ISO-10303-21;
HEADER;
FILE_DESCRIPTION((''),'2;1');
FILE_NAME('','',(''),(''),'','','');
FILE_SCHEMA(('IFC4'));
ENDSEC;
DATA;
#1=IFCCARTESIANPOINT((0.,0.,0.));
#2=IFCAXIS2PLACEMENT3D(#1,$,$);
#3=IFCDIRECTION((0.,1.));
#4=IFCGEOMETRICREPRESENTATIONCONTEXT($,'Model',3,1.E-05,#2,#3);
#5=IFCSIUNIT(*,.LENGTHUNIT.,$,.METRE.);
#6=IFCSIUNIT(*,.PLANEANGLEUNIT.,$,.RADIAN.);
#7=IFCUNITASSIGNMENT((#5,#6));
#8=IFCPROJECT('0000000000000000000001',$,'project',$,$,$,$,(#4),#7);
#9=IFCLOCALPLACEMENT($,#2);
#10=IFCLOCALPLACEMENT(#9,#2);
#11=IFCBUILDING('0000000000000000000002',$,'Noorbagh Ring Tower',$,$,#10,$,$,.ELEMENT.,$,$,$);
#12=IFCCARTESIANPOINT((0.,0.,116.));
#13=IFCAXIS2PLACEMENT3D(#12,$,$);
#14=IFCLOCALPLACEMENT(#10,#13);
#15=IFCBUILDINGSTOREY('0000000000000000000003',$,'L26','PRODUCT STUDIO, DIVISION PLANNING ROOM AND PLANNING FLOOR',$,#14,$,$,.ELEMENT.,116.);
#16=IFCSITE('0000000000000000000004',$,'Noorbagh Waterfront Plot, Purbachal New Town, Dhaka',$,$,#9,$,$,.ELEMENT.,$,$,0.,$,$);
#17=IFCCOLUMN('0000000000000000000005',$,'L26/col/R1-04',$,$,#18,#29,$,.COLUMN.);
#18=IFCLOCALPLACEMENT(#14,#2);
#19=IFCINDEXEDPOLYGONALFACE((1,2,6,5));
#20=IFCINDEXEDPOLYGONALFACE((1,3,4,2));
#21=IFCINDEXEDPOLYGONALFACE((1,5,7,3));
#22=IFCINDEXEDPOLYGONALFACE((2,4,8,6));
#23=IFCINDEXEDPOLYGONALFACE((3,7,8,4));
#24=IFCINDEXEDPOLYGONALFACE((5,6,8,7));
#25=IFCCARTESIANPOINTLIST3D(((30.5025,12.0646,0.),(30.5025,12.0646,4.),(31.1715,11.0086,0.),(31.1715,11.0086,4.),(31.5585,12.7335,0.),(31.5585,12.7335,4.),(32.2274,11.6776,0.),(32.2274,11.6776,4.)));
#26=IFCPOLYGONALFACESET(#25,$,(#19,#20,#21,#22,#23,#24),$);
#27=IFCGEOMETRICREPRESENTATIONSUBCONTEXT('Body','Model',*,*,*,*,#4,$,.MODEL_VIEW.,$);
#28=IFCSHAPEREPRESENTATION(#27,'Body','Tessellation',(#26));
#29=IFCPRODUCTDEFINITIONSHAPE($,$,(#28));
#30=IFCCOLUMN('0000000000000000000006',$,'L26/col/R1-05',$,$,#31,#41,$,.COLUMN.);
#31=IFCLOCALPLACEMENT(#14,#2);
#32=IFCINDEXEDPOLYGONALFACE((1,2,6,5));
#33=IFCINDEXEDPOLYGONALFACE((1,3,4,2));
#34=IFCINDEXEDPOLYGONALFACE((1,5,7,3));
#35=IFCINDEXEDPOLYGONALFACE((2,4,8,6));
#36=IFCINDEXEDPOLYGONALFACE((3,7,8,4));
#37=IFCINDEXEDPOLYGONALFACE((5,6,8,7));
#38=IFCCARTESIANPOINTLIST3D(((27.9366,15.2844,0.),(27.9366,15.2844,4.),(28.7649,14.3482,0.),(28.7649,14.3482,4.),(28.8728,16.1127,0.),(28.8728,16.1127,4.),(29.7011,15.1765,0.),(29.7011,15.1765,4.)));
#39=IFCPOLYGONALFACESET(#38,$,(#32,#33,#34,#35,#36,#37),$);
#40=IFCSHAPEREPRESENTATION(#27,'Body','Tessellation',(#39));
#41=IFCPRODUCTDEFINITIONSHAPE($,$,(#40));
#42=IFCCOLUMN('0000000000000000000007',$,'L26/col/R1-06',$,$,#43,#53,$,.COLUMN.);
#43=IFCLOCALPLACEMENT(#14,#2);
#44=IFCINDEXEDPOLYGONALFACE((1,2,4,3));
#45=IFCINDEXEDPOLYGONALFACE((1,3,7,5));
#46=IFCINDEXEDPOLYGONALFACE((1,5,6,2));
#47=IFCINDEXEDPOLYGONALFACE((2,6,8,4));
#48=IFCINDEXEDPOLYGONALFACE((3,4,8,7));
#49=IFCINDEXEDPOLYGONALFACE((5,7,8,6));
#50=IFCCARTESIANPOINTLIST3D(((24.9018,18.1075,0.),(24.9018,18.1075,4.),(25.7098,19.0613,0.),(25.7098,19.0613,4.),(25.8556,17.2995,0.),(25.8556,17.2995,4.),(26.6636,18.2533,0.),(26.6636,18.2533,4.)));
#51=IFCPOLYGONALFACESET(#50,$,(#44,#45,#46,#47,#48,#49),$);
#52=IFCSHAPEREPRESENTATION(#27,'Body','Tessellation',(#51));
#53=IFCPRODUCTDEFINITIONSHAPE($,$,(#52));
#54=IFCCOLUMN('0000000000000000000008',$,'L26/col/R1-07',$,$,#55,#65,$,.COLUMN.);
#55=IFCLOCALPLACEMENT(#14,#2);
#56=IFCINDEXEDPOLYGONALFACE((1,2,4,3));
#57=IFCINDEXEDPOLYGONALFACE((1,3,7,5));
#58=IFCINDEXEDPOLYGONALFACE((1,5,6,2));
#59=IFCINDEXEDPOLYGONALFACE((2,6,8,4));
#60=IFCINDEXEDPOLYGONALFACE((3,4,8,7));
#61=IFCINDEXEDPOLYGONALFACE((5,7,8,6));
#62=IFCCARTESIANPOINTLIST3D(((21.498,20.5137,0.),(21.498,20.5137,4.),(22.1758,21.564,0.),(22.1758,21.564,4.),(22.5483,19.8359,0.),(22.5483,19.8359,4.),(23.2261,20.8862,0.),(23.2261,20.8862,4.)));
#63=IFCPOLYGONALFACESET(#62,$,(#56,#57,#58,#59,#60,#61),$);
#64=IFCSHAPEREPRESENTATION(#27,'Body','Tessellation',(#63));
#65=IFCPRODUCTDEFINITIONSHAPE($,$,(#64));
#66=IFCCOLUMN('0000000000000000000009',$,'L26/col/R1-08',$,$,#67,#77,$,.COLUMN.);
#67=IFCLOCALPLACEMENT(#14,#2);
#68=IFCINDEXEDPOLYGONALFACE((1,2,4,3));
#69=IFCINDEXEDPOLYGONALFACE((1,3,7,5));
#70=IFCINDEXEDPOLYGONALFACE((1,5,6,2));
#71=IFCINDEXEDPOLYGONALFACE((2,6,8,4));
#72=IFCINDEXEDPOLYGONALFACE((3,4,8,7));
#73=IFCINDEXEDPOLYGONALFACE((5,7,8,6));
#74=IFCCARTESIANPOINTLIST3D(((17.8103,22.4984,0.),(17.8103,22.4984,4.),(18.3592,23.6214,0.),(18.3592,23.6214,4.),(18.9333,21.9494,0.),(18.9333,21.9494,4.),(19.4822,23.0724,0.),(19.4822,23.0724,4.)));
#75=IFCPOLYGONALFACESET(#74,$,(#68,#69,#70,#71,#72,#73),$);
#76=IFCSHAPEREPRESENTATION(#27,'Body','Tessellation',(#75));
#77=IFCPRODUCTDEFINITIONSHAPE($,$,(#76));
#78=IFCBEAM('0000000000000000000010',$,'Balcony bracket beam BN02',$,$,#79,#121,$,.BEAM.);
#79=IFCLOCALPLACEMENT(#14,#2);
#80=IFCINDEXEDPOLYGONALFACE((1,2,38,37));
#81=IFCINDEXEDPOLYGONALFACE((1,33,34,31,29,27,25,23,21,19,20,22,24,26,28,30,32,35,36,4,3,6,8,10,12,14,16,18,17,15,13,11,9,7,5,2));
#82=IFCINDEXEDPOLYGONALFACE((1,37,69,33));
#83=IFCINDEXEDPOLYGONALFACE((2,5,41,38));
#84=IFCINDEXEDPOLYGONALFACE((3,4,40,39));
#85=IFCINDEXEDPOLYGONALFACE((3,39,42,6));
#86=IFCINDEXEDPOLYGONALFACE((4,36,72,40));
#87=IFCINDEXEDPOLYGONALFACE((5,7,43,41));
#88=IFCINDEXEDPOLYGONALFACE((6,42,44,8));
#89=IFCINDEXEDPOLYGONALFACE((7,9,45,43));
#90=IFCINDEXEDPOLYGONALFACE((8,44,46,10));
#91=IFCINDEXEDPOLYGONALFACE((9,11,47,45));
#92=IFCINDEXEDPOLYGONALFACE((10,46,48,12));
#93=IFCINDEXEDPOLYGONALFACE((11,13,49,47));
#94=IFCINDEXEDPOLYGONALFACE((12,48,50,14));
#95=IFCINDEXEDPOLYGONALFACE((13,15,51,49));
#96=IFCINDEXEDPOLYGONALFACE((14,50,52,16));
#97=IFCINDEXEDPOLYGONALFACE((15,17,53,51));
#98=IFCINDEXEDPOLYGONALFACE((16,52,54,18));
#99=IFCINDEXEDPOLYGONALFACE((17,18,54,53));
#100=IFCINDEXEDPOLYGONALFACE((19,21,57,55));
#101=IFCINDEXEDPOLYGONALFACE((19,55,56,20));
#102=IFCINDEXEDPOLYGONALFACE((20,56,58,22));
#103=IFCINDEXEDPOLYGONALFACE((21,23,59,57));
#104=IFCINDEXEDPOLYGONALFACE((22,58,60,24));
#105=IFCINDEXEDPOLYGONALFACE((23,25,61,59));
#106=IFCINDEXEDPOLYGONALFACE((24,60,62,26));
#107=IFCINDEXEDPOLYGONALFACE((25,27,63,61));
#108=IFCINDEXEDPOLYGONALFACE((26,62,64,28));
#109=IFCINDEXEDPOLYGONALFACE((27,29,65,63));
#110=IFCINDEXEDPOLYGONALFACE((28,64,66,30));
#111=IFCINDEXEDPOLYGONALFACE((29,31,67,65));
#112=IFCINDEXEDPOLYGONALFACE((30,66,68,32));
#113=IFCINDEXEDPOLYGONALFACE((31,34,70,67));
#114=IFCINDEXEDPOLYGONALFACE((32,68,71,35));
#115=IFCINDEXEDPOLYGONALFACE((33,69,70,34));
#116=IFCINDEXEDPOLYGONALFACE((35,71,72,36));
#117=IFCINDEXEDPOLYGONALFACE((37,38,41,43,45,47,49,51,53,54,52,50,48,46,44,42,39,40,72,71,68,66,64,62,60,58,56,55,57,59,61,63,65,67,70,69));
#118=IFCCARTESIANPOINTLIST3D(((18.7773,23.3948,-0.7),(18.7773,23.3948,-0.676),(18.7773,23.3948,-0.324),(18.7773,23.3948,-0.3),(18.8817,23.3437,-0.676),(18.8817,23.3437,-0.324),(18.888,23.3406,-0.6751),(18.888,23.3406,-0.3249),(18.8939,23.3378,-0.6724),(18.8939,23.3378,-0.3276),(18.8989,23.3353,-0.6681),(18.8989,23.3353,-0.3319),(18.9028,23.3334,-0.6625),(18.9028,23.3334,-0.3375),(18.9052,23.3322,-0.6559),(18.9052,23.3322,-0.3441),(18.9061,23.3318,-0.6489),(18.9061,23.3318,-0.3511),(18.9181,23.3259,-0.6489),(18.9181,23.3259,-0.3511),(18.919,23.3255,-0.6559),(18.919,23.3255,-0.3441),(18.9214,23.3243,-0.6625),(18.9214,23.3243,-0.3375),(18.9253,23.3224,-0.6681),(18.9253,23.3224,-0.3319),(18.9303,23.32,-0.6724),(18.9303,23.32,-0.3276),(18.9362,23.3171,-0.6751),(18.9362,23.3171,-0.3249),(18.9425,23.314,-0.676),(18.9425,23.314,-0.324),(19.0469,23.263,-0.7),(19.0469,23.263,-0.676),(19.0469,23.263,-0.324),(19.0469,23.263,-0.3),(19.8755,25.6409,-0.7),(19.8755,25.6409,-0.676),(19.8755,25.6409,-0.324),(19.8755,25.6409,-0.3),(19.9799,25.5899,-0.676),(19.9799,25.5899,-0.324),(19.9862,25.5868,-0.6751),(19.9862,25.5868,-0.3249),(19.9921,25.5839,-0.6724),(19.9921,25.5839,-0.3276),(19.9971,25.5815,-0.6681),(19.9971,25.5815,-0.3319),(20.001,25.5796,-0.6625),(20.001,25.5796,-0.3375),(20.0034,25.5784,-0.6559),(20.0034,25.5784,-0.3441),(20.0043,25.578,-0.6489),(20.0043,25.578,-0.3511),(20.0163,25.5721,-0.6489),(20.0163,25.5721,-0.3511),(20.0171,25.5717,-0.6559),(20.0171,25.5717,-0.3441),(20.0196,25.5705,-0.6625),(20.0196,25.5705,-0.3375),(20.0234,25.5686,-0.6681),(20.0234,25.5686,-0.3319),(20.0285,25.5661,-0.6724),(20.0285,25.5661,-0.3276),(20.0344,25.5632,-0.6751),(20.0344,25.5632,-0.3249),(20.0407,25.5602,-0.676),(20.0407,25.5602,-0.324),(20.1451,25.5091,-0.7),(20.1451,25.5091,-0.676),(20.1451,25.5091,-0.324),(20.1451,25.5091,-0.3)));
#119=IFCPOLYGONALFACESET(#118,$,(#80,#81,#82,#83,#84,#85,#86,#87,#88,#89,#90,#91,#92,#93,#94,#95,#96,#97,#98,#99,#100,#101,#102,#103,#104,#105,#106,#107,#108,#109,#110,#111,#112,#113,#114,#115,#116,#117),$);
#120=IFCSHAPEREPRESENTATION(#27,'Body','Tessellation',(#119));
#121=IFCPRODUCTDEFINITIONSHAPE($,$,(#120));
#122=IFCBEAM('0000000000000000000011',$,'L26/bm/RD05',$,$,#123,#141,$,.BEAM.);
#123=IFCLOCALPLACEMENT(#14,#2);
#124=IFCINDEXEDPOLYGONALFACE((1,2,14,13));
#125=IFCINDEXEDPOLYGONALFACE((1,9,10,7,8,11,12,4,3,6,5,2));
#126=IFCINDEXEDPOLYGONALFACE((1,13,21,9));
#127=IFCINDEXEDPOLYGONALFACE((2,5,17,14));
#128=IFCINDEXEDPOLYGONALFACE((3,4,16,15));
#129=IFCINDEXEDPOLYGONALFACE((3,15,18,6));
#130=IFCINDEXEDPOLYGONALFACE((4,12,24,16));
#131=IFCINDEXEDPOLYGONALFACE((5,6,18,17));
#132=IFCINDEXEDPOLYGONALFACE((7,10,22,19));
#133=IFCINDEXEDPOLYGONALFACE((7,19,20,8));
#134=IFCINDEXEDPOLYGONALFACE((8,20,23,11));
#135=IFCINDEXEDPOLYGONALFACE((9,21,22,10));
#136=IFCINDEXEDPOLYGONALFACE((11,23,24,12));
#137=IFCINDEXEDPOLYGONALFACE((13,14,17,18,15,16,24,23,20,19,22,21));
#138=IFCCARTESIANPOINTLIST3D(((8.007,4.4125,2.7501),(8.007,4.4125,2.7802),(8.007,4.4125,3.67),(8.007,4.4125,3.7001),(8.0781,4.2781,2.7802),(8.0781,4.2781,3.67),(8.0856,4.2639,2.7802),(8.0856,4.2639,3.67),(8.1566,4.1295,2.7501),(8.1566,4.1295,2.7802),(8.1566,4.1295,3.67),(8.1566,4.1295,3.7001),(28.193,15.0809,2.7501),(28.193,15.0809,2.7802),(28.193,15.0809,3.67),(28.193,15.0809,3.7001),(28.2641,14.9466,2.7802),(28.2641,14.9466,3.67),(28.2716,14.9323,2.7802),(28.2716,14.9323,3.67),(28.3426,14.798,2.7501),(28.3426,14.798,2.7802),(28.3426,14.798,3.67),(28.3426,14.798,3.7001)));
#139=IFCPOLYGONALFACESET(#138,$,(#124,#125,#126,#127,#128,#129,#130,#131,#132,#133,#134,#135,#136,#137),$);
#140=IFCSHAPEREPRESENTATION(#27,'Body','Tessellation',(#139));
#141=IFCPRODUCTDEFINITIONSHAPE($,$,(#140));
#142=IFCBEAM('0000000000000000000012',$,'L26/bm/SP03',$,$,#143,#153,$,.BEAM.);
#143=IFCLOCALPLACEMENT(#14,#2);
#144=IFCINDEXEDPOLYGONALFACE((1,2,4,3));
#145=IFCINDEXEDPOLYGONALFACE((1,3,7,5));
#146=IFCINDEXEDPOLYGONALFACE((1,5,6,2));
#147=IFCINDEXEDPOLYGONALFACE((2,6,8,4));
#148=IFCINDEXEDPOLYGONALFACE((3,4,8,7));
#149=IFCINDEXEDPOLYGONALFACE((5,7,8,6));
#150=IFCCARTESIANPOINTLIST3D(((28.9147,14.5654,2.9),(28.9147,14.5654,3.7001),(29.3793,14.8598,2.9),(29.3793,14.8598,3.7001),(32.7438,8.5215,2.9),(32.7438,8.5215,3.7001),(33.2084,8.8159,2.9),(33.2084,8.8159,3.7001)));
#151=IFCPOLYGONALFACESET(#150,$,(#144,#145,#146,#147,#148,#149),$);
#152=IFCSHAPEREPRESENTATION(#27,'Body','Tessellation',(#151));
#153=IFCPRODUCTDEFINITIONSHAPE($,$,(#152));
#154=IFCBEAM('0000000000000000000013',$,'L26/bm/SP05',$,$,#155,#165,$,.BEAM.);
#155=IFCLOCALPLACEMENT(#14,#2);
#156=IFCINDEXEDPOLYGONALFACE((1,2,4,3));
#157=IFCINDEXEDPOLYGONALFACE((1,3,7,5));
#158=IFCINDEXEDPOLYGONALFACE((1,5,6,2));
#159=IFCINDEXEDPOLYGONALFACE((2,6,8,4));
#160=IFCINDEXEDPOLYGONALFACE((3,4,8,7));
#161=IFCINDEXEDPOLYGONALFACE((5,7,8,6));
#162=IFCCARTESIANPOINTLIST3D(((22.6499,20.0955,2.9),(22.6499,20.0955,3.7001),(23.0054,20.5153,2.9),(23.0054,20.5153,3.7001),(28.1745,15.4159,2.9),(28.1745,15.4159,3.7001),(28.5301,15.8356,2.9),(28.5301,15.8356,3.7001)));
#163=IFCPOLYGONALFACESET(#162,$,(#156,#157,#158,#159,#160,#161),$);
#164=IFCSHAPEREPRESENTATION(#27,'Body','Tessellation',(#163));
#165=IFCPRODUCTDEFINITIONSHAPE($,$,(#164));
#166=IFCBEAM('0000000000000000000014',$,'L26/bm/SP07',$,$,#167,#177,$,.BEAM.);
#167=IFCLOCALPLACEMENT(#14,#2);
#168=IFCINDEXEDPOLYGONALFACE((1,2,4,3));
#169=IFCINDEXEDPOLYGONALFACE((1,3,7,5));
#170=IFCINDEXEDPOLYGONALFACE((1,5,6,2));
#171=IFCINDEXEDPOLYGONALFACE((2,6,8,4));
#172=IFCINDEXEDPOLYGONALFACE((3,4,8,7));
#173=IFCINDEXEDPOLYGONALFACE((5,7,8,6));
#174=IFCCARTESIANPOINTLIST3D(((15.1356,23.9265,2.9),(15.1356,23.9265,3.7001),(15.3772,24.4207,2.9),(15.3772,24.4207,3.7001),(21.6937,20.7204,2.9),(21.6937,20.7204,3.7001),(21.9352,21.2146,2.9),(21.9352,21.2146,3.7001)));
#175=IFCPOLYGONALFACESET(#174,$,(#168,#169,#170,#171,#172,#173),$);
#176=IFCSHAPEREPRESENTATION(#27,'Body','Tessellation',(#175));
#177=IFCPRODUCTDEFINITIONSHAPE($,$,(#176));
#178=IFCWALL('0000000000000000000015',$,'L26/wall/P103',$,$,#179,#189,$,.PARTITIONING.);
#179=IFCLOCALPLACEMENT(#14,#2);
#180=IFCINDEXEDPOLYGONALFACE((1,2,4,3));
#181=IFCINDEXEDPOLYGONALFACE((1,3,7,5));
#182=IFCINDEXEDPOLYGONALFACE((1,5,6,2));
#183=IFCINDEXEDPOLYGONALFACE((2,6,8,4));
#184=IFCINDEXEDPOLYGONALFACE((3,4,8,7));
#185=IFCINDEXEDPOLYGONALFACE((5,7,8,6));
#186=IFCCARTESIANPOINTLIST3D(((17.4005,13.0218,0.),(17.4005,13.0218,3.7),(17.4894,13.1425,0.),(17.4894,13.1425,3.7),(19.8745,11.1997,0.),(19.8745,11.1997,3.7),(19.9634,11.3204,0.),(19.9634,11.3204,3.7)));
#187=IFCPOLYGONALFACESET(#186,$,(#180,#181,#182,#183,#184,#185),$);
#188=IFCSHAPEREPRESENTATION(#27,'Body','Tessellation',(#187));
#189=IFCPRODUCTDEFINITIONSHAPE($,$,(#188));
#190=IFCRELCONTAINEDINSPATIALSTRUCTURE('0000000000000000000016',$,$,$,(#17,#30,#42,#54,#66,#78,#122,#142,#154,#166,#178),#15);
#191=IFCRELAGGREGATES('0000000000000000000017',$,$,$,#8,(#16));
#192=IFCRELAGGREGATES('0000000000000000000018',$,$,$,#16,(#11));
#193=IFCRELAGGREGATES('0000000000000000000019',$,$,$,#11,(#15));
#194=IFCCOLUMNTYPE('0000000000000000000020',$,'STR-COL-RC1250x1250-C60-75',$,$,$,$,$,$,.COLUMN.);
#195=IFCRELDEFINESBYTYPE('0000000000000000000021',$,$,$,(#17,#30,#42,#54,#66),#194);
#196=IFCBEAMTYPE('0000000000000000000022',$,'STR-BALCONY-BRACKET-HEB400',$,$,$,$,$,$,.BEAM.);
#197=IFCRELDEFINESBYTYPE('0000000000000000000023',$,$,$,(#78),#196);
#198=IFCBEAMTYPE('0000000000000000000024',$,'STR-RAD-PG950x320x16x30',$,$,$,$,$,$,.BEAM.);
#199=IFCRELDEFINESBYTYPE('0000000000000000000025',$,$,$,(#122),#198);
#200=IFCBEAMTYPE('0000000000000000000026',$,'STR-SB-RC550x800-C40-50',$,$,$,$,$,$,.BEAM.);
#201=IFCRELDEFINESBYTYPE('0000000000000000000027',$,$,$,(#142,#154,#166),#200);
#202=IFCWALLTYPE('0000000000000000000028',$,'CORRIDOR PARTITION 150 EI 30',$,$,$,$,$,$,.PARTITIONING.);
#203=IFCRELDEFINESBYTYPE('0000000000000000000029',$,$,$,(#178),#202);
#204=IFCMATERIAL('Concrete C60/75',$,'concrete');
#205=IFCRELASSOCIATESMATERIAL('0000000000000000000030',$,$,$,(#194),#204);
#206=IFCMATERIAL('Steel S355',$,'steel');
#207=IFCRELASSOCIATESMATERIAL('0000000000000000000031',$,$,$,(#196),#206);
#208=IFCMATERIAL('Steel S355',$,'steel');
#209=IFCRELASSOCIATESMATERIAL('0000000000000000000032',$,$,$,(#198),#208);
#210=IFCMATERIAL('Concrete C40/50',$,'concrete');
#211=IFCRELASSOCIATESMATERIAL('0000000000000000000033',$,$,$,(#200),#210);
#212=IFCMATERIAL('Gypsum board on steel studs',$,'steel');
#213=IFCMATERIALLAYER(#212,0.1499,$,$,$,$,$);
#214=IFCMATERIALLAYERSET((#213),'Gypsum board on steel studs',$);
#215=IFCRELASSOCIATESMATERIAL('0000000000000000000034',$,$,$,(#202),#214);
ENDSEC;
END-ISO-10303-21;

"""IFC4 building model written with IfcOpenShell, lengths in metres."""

from ifc_helpers import new_model, si_unit, direction, frame, frame_2d, origin, origin_2d, place, context, subcontext, project, spatial, rectangle, i_section, extrude, material, layer, layer_set, material_profile, profile_set, type_object, element, save


model = new_model("IFC4")

# Units and contexts
model_context = context("Model", 3, precision=1e-05, world=origin(), true_north=direction((0.0, 1.0)))
body_context = subcontext(model_context, "Body", "Model", "MODEL_VIEW")
ifc_project = project(units=[si_unit("LENGTHUNIT", "METRE"), si_unit("PLANEANGLEUNIT", "RADIAN")], contexts=[model_context])

# Site, building, storey
site_placement = place(None, origin())
site = spatial("IfcSite", under=ifc_project, at=site_placement, Name="Noorbagh Waterfront Plot, Purbachal New Town, Dhaka", CompositionType="ELEMENT", RefElevation=0.0)
building_placement = place(site_placement, origin())
building = spatial("IfcBuilding", under=site, at=building_placement, Name="Noorbagh Ring Tower", CompositionType="ELEMENT")
storey_placement = place(building_placement, frame((0.0, 0.0, 116.0)))
storey = spatial("IfcBuildingStorey", under=building, at=storey_placement, Name="L26", Description="PRODUCT STUDIO, DIVISION PLANNING ROOM AND PLANNING FLOOR", CompositionType="ELEMENT", Elevation=116.0)

# Columns
ifc_material_1 = material(Name="Concrete C60/75", Category="concrete")
ifc_material_profile_1 = material_profile(ifc_material_1, rectangle(XDim=1.25, YDim=1.25, at=origin_2d()), Name="RC1250x1250")
ifc_profile_set_1 = profile_set([ifc_material_profile_1], Name="Concrete C60/75")
column_type = type_object("IfcColumnType", Name="STR-COL-RC1250x1250-C60-75", PredefinedType="COLUMN", material=ifc_profile_set_1)
for number, where, z_axis, x_axis, name in (
    (1, (31.365, 11.8711, 0.0), (0.0, 0.0, 1.0), (-0.53519, 0.844731, 0.0), "L26/col/R1-04"),
    (2, (28.8188, 15.2305, 0.0), (0.0, 0.0, 1.0), (-0.662636, 0.748942, 0.0), "L26/col/R1-05"),
    (3, (25.7827, 18.1804, 0.0), (0.0, 0.0, 1.0), (-0.763035, 0.646357, 0.0), "L26/col/R1-06"),
    (4, (22.3621, 20.7, 0.0), (0.0, 0.0, 1.0), (-0.840248, 0.542203, 0.0), "L26/col/R1-07"),
    (5, (18.6462, 22.7854, 0.0), (0.0, 0.0, 1.0), (-0.898399, 0.43918, 0.0), "L26/col/R1-08"),
):
    element("IfcColumn", number, at=place(storey_placement, frame(where, z_axis=z_axis, x_axis=x_axis)), inside=storey, type_object=column_type, Name=name, PredefinedType="COLUMN", context=body_context, shape_type="SweptSolid", body=[
        extrude(rectangle(XDim=1.25, YDim=1.25, at=origin_2d()), origin(), (0.0, 0.0, 1.0), 4.0),
    ])

# Beams
ifc_material_2 = material(Name="Steel S355", Category="steel")
ifc_material_profile_2 = material_profile(ifc_material_2, i_section(OverallWidth=0.3, OverallDepth=0.3999, WebThickness=0.0134, FlangeThickness=0.0239, FilletRadius=0.0271, at=origin_2d()), Name="HEB400")
ifc_profile_set_2 = profile_set([ifc_material_profile_2], Name="Steel S355")
beam_type_1 = type_object("IfcBeamType", Name="STR-BALCONY-BRACKET-HEB400", PredefinedType="BEAM", material=ifc_profile_set_2)
beam_1_placement = place(storey_placement, frame((18.9121, 23.3289, -0.5), z_axis=(0.439228, 0.898376, 0.0), x_axis=(-0.898376, 0.439228, 0.0)))
element("IfcBeam", 6, at=beam_1_placement, inside=storey, type_object=beam_type_1, Name="Balcony bracket beam BN02", PredefinedType="BEAM", context=body_context, shape_type="SweptSolid", body=[
    extrude(i_section(OverallWidth=0.3, OverallDepth=0.3999, WebThickness=0.0134, FlangeThickness=0.0239, FilletRadius=0.0271, at=origin_2d()), origin(), (0.0, 0.0, 1.0), 2.5002),
])
ifc_material_3 = material(Name="Steel S355", Category="steel")
ifc_material_profile_3 = material_profile(ifc_material_3, i_section(OverallWidth=0.3201, OverallDepth=0.95, WebThickness=0.0161, FlangeThickness=0.03, at=origin_2d()), Name="PG950x320x16x30")
ifc_profile_set_3 = profile_set([ifc_material_profile_3], Name="Steel S355")
beam_type_2 = type_object("IfcBeamType", Name="STR-RAD-PG950x320x16x30", PredefinedType="BEAM", material=ifc_profile_set_3)
beam_2_placement = place(storey_placement, frame((28.2678, 14.9395, 3.2251), z_axis=(-0.884119, -0.467263, 0.0), x_axis=(0.467263, -0.884119, 0.0)))
element("IfcBeam", 7, at=beam_2_placement, inside=storey, type_object=beam_type_2, Name="L26/bm/RD05", PredefinedType="BEAM", context=body_context, shape_type="SweptSolid", body=[
    extrude(i_section(OverallWidth=0.3201, OverallDepth=0.95, WebThickness=0.0161, FlangeThickness=0.03, at=origin_2d()), origin(), (0.0, 0.0, 1.0), 22.8318),
])
ifc_material_4 = material(Name="Concrete C40/50", Category="concrete")
ifc_material_profile_4 = material_profile(ifc_material_4, rectangle(XDim=0.55, YDim=0.8, at=origin_2d()), Name="RC550x800")
ifc_profile_set_4 = profile_set([ifc_material_profile_4], Name="Concrete C40/50")
beam_type_3 = type_object("IfcBeamType", Name="STR-SB-RC550x800-C40-50", PredefinedType="BEAM", material=ifc_profile_set_4)
beam_3_placement = place(storey_placement, frame((32.9761, 8.6687, 3.3), z_axis=(-0.535179, 0.844739, 0.0), x_axis=(-0.844739, -0.535179, 0.0)))
element("IfcBeam", 8, at=beam_3_placement, inside=storey, type_object=beam_type_3, Name="L26/bm/SP03", PredefinedType="BEAM", context=body_context, shape_type="SweptSolid", body=[
    extrude(rectangle(XDim=0.55, YDim=0.8, at=origin_2d()), origin(), (0.0, 0.0, 1.0), 7.1548),
])
beam_4_placement = place(storey_placement, frame((28.3523, 15.6257, 3.3), z_axis=(-0.763047, 0.646343, 0.0), x_axis=(-0.646343, -0.763047, 0.0)))
element("IfcBeam", 9, at=beam_4_placement, inside=storey, type_object=beam_type_3, Name="L26/bm/SP05", PredefinedType="BEAM", context=body_context, shape_type="SweptSolid", body=[
    extrude(rectangle(XDim=0.55, YDim=0.8, at=origin_2d()), origin(), (0.0, 0.0, 1.0), 7.2402),
])
beam_5_placement = place(storey_placement, frame((21.8145, 20.9675, 3.3), z_axis=(-0.898391, 0.439196, 0.0), x_axis=(-0.439196, -0.898391, 0.0)))
element("IfcBeam", 10, at=beam_5_placement, inside=storey, type_object=beam_type_3, Name="L26/bm/SP07", PredefinedType="BEAM", context=body_context, shape_type="SweptSolid", body=[
    extrude(rectangle(XDim=0.55, YDim=0.8, at=origin_2d()), origin(), (0.0, 0.0, 1.0), 7.2998),
])

# Wall
ifc_material_5 = material(Name="Gypsum board on steel studs", Category="steel")
ifc_layer_1 = layer(ifc_material_5, 0.1499)
ifc_layer_set_1 = layer_set([ifc_layer_1], Name="Gypsum board on steel studs")
wall_type_1 = type_object("IfcWallType", Name="CORRIDOR PARTITION 150 EI 30", PredefinedType="PARTITIONING", material=ifc_layer_set_1)
wall_1_placement = place(storey_placement, frame((17.4451, 13.082, 0.0), z_axis=(0.0, 0.0, 1.0), x_axis=(0.805186, -0.593023, 0.0)))
element("IfcWall", 11, at=wall_1_placement, inside=storey, type_object=wall_type_1, Name="L26/wall/P103", PredefinedType="PARTITIONING", context=body_context, shape_type="SweptSolid", body=[
    extrude(rectangle(XDim=3.0725, YDim=0.1499, at=frame_2d((1.5361, 0.0))), origin(), (0.0, 0.0, 1.0), 3.7),
])

save(model, "model.ifc")
